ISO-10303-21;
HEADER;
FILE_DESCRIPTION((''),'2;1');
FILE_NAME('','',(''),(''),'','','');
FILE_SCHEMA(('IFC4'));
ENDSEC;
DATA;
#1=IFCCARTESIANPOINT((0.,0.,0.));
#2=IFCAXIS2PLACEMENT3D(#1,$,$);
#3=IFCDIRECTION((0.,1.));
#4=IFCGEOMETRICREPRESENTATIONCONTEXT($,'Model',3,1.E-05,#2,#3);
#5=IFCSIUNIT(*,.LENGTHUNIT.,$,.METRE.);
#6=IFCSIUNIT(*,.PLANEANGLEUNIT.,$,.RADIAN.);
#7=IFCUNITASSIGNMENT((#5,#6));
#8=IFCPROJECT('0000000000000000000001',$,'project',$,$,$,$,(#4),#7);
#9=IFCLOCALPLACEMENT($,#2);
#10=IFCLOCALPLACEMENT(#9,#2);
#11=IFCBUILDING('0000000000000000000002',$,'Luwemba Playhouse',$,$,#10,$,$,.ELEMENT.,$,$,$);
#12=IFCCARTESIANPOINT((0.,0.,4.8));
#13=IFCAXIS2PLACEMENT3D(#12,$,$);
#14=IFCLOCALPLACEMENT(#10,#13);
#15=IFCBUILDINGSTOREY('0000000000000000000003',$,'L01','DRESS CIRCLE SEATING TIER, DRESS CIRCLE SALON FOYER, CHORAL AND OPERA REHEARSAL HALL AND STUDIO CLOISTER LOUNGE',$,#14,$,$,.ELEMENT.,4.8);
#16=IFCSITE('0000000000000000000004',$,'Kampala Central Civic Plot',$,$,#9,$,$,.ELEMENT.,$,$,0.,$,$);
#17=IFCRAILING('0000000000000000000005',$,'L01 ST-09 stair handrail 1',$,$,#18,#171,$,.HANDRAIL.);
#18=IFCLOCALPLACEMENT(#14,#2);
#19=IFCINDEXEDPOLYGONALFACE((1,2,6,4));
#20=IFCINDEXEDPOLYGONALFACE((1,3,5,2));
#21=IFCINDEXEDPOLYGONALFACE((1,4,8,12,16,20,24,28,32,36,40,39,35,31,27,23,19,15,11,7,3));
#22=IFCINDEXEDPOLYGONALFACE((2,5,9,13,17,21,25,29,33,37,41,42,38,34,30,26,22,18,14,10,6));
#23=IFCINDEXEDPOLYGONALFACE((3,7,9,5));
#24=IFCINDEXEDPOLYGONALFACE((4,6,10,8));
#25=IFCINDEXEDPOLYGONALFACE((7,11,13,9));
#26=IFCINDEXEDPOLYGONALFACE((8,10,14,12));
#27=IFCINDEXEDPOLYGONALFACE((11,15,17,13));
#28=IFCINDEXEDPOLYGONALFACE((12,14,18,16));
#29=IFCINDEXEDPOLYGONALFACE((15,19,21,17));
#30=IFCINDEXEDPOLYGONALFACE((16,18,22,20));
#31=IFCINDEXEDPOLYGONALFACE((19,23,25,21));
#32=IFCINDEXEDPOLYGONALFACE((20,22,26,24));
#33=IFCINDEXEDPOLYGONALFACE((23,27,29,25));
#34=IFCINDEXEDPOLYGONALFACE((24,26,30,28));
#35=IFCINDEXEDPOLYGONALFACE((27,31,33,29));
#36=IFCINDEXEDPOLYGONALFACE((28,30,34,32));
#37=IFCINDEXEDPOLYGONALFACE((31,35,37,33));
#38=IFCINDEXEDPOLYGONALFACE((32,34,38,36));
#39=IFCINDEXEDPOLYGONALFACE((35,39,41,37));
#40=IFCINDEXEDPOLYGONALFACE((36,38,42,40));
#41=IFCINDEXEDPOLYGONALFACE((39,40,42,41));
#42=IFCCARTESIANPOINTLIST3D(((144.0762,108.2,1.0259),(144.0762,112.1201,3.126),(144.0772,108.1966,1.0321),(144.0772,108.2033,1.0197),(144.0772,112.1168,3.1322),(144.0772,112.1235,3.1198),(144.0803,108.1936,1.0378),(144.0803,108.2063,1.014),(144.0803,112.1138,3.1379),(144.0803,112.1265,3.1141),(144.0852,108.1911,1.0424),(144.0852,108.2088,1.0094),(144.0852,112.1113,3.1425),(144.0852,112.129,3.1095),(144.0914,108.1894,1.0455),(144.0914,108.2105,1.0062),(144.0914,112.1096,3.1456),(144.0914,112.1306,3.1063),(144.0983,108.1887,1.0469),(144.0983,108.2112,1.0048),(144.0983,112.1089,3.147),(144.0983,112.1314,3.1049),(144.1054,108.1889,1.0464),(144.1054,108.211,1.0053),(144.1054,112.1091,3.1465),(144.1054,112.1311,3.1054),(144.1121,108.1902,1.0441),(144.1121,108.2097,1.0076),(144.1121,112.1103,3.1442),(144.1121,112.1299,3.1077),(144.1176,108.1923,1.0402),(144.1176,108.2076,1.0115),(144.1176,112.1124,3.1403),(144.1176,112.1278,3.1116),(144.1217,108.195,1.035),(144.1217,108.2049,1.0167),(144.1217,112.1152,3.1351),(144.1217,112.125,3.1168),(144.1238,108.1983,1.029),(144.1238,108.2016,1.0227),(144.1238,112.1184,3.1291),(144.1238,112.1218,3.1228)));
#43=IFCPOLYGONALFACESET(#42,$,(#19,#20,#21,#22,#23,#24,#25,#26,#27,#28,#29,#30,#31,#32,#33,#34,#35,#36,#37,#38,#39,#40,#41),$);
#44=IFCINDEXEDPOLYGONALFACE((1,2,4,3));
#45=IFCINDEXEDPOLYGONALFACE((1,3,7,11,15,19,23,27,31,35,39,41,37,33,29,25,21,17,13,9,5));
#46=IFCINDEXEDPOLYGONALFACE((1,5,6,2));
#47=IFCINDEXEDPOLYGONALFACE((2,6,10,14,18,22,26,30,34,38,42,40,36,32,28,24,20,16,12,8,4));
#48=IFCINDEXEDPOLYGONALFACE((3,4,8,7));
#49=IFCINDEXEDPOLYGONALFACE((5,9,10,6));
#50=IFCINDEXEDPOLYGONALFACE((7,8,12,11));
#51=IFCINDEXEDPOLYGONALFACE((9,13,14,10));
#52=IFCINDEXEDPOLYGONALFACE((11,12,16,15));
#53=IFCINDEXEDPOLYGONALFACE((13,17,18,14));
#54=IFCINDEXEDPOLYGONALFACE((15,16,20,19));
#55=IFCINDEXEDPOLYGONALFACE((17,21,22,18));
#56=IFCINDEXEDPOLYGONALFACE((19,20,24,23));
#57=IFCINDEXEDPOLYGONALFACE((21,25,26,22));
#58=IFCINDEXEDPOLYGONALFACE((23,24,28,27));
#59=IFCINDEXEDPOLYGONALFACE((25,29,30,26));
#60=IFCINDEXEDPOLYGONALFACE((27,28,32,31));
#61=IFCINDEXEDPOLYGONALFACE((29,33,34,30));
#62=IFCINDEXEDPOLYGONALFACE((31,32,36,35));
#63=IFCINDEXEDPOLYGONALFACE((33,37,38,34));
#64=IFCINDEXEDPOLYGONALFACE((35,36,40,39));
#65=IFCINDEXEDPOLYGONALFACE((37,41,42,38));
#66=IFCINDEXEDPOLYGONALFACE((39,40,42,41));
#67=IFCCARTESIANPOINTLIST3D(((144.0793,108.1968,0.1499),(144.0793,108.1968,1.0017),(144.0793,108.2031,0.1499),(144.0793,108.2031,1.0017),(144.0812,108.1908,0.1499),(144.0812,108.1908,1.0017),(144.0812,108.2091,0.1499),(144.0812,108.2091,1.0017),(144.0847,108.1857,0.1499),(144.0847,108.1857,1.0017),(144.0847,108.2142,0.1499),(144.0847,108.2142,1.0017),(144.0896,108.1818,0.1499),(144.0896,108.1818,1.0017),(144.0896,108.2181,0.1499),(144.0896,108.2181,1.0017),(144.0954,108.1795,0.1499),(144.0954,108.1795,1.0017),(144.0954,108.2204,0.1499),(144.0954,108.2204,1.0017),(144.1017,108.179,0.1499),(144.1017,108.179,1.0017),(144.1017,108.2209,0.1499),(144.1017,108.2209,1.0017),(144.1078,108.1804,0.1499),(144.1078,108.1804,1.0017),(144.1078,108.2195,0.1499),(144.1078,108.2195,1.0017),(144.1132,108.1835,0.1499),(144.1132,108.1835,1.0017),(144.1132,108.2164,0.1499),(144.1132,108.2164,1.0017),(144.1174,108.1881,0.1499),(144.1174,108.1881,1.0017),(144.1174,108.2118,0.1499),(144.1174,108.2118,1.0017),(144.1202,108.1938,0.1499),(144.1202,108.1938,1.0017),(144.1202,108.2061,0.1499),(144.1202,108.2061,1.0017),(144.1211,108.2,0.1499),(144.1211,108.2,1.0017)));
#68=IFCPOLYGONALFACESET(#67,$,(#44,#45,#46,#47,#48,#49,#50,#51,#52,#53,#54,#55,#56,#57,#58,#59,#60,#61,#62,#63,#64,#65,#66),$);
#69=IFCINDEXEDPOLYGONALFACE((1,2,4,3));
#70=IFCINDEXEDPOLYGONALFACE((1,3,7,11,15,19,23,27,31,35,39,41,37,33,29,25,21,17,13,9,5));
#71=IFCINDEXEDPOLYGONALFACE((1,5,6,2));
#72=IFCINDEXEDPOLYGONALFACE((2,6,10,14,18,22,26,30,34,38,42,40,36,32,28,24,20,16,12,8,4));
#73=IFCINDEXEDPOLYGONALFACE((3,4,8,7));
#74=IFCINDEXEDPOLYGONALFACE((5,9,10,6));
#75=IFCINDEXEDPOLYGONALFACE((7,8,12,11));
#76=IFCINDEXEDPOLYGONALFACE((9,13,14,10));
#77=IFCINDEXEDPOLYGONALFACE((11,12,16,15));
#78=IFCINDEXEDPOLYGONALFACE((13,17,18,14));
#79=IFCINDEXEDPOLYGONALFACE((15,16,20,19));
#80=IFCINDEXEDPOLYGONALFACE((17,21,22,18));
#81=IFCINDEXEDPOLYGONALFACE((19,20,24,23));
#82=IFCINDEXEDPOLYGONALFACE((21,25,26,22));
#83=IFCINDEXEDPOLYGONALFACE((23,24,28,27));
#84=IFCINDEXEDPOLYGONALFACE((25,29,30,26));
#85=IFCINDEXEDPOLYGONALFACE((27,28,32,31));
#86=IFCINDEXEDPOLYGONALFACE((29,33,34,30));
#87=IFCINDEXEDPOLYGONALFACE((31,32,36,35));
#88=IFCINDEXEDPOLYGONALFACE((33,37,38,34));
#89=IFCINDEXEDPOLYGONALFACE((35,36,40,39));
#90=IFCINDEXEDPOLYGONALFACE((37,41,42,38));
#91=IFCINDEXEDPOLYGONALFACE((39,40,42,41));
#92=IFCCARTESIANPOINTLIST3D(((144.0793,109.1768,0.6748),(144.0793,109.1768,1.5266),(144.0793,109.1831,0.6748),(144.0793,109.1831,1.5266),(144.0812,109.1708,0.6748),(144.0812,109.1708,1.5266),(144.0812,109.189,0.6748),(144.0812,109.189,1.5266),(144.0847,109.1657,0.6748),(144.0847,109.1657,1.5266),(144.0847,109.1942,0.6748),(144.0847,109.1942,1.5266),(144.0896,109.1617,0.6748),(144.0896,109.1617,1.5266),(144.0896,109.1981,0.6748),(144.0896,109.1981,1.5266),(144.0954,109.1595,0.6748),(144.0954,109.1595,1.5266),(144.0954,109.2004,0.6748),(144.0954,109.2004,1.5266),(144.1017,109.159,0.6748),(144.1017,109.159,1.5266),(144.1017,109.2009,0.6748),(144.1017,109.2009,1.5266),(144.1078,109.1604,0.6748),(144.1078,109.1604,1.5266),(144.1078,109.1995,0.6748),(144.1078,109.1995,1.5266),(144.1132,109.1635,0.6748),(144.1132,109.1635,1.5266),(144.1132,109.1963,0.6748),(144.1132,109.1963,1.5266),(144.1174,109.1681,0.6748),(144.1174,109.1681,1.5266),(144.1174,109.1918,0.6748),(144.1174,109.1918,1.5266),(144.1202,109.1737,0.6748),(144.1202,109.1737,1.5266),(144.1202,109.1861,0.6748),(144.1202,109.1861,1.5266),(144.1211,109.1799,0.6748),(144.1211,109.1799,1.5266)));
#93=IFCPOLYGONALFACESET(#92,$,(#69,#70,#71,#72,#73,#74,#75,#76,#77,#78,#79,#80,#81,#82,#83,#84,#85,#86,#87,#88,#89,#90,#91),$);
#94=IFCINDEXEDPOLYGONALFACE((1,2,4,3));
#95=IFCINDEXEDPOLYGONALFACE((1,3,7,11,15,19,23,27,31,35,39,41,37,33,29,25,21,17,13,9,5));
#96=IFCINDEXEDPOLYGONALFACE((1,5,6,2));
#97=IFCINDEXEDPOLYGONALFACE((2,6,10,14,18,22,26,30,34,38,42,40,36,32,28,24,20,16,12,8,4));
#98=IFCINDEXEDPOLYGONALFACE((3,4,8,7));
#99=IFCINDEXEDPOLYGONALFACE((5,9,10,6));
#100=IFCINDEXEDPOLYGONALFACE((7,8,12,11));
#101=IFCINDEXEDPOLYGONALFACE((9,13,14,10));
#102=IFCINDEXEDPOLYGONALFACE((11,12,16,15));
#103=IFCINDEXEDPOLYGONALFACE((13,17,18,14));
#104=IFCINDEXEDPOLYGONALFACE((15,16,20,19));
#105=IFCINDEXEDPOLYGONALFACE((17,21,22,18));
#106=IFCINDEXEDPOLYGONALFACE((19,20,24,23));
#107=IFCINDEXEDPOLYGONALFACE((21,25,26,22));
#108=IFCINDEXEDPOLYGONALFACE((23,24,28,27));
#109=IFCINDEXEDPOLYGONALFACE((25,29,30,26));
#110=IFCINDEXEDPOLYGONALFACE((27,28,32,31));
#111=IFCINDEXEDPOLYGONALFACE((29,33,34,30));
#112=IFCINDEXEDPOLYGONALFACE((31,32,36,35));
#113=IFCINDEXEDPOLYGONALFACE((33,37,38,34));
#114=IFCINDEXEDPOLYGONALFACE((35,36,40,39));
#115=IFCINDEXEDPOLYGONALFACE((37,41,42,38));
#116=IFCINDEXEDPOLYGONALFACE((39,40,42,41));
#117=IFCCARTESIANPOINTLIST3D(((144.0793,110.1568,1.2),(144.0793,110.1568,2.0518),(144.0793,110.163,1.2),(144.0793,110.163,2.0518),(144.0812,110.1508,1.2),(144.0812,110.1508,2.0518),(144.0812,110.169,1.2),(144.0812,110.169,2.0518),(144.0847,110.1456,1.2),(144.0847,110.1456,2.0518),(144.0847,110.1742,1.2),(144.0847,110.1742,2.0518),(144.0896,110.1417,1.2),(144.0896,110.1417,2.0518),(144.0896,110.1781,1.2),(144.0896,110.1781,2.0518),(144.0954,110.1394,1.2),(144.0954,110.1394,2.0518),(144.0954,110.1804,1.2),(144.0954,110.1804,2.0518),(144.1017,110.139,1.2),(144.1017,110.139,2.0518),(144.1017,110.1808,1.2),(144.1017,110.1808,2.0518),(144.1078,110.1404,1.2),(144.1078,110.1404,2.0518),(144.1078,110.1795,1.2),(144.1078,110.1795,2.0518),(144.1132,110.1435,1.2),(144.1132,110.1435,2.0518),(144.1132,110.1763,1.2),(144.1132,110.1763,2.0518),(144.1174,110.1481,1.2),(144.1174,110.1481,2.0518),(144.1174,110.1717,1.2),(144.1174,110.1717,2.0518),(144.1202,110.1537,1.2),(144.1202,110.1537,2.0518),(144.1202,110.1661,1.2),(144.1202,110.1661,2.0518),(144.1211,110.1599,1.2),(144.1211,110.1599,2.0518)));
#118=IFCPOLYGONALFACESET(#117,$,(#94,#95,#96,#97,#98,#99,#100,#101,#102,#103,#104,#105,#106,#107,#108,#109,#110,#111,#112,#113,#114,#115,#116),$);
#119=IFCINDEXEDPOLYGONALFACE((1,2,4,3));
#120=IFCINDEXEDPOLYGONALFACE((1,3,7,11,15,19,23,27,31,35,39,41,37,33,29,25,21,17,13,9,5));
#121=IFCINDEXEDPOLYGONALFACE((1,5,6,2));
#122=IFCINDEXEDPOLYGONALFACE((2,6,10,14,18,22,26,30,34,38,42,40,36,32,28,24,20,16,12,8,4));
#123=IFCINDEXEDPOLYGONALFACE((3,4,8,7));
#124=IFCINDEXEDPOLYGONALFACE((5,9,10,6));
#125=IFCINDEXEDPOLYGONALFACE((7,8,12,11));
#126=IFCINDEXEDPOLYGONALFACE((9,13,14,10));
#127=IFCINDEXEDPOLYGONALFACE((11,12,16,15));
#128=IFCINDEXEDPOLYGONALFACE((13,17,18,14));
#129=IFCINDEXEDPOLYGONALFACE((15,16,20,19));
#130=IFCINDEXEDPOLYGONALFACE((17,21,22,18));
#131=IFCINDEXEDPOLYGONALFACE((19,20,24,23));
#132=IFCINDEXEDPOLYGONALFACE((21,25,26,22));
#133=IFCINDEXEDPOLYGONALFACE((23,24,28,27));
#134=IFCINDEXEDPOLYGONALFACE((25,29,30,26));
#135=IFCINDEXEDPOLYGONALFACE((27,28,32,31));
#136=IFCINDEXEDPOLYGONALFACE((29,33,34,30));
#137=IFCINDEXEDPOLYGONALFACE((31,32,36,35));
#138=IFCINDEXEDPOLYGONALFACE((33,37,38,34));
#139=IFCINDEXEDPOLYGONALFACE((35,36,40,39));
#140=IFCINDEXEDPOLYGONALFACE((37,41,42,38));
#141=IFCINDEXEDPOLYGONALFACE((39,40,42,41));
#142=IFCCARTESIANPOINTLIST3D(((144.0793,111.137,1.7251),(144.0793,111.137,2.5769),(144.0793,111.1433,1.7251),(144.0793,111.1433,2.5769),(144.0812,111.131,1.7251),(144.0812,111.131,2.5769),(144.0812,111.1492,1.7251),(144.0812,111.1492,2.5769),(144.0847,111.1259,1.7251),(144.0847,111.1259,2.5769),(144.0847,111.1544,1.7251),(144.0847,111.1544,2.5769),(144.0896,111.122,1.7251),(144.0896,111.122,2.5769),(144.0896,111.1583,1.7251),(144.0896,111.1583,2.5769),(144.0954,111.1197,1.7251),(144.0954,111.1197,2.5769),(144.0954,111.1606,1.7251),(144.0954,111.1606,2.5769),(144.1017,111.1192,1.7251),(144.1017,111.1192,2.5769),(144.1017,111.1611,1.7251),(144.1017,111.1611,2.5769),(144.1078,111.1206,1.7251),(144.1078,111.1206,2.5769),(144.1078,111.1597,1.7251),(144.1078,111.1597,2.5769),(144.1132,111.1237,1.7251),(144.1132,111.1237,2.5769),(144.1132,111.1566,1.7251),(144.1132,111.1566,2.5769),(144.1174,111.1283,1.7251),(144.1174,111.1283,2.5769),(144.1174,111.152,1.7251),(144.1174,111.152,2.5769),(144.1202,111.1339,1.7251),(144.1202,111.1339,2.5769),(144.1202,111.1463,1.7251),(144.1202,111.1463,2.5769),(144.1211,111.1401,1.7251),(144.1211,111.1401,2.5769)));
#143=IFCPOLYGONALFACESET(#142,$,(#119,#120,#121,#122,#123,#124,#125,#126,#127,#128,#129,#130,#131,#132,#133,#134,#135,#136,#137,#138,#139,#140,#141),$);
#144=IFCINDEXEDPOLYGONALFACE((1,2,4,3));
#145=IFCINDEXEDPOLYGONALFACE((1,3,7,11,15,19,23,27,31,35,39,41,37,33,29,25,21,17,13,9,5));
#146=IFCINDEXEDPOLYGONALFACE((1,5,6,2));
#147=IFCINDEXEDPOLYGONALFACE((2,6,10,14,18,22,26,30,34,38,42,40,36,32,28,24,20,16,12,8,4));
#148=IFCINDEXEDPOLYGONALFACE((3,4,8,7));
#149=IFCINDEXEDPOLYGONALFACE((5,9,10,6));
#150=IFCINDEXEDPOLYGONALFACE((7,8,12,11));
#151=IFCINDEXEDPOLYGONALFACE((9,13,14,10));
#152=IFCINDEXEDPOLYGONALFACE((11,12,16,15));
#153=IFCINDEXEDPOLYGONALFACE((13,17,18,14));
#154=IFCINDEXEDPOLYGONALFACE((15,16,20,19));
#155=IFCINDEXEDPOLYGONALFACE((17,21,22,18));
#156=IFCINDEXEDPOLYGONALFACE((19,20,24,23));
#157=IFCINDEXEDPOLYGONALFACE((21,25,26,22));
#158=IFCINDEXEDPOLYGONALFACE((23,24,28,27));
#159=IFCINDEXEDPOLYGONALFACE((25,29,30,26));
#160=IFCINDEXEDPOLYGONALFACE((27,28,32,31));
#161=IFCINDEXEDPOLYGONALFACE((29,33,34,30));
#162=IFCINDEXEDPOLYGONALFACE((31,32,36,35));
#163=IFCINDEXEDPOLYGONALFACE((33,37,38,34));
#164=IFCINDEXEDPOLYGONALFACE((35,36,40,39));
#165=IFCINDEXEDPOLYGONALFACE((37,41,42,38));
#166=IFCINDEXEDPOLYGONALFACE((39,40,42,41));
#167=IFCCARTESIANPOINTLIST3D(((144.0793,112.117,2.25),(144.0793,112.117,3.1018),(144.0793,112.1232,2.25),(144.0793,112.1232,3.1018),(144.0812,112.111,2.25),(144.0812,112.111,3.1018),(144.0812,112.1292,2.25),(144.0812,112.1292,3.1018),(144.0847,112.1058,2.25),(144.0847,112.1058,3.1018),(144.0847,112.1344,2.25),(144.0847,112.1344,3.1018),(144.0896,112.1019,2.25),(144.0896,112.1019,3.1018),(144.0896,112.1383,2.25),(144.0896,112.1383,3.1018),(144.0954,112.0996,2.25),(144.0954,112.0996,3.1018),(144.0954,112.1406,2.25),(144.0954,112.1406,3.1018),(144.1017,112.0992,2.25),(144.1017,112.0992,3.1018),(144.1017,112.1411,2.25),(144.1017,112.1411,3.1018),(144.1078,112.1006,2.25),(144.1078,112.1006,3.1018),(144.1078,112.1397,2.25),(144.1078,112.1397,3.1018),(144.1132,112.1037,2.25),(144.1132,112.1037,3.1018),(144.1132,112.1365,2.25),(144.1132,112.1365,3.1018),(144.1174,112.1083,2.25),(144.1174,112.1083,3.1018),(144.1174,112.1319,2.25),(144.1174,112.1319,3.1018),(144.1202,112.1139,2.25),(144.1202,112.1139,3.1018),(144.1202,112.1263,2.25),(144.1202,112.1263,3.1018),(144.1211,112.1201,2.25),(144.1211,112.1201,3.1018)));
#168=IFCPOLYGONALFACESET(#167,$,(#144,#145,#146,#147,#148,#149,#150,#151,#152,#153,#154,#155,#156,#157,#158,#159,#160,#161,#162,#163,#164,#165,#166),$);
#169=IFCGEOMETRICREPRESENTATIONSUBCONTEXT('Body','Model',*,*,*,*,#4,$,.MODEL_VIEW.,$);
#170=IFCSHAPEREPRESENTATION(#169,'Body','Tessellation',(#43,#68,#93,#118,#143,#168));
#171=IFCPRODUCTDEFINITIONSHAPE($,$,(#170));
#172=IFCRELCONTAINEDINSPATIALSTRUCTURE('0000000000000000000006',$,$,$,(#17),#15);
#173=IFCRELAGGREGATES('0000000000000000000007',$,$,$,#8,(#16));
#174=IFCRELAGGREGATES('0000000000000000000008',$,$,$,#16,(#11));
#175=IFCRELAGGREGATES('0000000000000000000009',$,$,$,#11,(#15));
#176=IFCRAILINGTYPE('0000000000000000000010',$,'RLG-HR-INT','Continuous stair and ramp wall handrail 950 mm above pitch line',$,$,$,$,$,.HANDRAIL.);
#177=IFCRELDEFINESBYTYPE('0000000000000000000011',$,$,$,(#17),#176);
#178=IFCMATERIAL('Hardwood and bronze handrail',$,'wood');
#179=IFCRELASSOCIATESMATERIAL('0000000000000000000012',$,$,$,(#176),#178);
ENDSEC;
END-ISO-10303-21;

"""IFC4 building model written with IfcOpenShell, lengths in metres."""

from ifc_helpers import new_model, si_unit, direction, frame, origin, origin_2d, place, context, subcontext, project, spatial, circle, extrude, material, type_object, element, save


model = new_model("IFC4")

# Units and contexts
model_context = context("Model", 3, precision=1e-05, world=origin(), true_north=direction((0.0, 1.0)))
body_context = subcontext(model_context, "Body", "Model", "MODEL_VIEW")
ifc_project = project(units=[si_unit("LENGTHUNIT", "METRE"), si_unit("PLANEANGLEUNIT", "RADIAN")], contexts=[model_context])

# Site, building, storey
site_placement = place(None, origin())
site = spatial("IfcSite", under=ifc_project, at=site_placement, Name="Kampala Central Civic Plot", CompositionType="ELEMENT", RefElevation=0.0)
building_placement = place(site_placement, origin())
building = spatial("IfcBuilding", under=site, at=building_placement, Name="Luwemba Playhouse", CompositionType="ELEMENT")
storey_placement = place(building_placement, frame((0.0, 0.0, 4.8)))
storey = spatial("IfcBuildingStorey", under=building, at=storey_placement, Name="L01", Description="DRESS CIRCLE SEATING TIER, DRESS CIRCLE SALON FOYER, CHORAL AND OPERA REHEARSAL HALL AND STUDIO CLOISTER LOUNGE", CompositionType="ELEMENT", Elevation=4.8)

# Railing
ifc_material_1 = material(Name="Hardwood and bronze handrail", Category="wood")
railing_type = type_object("IfcRailingType", Name="RLG-HR-INT", Description="Continuous stair and ramp wall handrail 950 mm above pitch line", PredefinedType="HANDRAIL", material=ifc_material_1)
railing_placement = place(storey_placement, frame((144.1001, 108.2, 0.1499)))
element("IfcRailing", 1, at=railing_placement, inside=storey, type_object=railing_type, Name="L01 ST-09 stair handrail 1", PredefinedType="HANDRAIL", context=body_context, shape_type="SweptSolid", body=[
    extrude(circle(Radius=0.0239, at=origin_2d()), frame((0.0, 0.0, 0.876), z_axis=(0.0, 0.881479, 0.472223), x_axis=(-1.0, 0.0, 0.0)), (0.0, 0.0, 1.0), 4.4473),
    extrude(circle(Radius=0.021, at=origin_2d()), origin(), (0.0, 0.0, 1.0), 0.8518),
    extrude(circle(Radius=0.021, at=origin_2d()), frame((0.0, 0.98, 0.5249)), (0.0, 0.0, 1.0), 0.8518),
    extrude(circle(Radius=0.021, at=origin_2d()), frame((0.0, 1.96, 1.05)), (0.0, 0.0, 1.0), 0.8518),
    extrude(circle(Radius=0.021, at=origin_2d()), frame((0.0, 2.9402, 1.5752)), (0.0, 0.0, 1.0), 0.8518),
    extrude(circle(Radius=0.021, at=origin_2d()), frame((0.0, 3.9202, 2.1001)), (0.0, 0.0, 1.0), 0.8518),
])

save(model, "model.ifc")
